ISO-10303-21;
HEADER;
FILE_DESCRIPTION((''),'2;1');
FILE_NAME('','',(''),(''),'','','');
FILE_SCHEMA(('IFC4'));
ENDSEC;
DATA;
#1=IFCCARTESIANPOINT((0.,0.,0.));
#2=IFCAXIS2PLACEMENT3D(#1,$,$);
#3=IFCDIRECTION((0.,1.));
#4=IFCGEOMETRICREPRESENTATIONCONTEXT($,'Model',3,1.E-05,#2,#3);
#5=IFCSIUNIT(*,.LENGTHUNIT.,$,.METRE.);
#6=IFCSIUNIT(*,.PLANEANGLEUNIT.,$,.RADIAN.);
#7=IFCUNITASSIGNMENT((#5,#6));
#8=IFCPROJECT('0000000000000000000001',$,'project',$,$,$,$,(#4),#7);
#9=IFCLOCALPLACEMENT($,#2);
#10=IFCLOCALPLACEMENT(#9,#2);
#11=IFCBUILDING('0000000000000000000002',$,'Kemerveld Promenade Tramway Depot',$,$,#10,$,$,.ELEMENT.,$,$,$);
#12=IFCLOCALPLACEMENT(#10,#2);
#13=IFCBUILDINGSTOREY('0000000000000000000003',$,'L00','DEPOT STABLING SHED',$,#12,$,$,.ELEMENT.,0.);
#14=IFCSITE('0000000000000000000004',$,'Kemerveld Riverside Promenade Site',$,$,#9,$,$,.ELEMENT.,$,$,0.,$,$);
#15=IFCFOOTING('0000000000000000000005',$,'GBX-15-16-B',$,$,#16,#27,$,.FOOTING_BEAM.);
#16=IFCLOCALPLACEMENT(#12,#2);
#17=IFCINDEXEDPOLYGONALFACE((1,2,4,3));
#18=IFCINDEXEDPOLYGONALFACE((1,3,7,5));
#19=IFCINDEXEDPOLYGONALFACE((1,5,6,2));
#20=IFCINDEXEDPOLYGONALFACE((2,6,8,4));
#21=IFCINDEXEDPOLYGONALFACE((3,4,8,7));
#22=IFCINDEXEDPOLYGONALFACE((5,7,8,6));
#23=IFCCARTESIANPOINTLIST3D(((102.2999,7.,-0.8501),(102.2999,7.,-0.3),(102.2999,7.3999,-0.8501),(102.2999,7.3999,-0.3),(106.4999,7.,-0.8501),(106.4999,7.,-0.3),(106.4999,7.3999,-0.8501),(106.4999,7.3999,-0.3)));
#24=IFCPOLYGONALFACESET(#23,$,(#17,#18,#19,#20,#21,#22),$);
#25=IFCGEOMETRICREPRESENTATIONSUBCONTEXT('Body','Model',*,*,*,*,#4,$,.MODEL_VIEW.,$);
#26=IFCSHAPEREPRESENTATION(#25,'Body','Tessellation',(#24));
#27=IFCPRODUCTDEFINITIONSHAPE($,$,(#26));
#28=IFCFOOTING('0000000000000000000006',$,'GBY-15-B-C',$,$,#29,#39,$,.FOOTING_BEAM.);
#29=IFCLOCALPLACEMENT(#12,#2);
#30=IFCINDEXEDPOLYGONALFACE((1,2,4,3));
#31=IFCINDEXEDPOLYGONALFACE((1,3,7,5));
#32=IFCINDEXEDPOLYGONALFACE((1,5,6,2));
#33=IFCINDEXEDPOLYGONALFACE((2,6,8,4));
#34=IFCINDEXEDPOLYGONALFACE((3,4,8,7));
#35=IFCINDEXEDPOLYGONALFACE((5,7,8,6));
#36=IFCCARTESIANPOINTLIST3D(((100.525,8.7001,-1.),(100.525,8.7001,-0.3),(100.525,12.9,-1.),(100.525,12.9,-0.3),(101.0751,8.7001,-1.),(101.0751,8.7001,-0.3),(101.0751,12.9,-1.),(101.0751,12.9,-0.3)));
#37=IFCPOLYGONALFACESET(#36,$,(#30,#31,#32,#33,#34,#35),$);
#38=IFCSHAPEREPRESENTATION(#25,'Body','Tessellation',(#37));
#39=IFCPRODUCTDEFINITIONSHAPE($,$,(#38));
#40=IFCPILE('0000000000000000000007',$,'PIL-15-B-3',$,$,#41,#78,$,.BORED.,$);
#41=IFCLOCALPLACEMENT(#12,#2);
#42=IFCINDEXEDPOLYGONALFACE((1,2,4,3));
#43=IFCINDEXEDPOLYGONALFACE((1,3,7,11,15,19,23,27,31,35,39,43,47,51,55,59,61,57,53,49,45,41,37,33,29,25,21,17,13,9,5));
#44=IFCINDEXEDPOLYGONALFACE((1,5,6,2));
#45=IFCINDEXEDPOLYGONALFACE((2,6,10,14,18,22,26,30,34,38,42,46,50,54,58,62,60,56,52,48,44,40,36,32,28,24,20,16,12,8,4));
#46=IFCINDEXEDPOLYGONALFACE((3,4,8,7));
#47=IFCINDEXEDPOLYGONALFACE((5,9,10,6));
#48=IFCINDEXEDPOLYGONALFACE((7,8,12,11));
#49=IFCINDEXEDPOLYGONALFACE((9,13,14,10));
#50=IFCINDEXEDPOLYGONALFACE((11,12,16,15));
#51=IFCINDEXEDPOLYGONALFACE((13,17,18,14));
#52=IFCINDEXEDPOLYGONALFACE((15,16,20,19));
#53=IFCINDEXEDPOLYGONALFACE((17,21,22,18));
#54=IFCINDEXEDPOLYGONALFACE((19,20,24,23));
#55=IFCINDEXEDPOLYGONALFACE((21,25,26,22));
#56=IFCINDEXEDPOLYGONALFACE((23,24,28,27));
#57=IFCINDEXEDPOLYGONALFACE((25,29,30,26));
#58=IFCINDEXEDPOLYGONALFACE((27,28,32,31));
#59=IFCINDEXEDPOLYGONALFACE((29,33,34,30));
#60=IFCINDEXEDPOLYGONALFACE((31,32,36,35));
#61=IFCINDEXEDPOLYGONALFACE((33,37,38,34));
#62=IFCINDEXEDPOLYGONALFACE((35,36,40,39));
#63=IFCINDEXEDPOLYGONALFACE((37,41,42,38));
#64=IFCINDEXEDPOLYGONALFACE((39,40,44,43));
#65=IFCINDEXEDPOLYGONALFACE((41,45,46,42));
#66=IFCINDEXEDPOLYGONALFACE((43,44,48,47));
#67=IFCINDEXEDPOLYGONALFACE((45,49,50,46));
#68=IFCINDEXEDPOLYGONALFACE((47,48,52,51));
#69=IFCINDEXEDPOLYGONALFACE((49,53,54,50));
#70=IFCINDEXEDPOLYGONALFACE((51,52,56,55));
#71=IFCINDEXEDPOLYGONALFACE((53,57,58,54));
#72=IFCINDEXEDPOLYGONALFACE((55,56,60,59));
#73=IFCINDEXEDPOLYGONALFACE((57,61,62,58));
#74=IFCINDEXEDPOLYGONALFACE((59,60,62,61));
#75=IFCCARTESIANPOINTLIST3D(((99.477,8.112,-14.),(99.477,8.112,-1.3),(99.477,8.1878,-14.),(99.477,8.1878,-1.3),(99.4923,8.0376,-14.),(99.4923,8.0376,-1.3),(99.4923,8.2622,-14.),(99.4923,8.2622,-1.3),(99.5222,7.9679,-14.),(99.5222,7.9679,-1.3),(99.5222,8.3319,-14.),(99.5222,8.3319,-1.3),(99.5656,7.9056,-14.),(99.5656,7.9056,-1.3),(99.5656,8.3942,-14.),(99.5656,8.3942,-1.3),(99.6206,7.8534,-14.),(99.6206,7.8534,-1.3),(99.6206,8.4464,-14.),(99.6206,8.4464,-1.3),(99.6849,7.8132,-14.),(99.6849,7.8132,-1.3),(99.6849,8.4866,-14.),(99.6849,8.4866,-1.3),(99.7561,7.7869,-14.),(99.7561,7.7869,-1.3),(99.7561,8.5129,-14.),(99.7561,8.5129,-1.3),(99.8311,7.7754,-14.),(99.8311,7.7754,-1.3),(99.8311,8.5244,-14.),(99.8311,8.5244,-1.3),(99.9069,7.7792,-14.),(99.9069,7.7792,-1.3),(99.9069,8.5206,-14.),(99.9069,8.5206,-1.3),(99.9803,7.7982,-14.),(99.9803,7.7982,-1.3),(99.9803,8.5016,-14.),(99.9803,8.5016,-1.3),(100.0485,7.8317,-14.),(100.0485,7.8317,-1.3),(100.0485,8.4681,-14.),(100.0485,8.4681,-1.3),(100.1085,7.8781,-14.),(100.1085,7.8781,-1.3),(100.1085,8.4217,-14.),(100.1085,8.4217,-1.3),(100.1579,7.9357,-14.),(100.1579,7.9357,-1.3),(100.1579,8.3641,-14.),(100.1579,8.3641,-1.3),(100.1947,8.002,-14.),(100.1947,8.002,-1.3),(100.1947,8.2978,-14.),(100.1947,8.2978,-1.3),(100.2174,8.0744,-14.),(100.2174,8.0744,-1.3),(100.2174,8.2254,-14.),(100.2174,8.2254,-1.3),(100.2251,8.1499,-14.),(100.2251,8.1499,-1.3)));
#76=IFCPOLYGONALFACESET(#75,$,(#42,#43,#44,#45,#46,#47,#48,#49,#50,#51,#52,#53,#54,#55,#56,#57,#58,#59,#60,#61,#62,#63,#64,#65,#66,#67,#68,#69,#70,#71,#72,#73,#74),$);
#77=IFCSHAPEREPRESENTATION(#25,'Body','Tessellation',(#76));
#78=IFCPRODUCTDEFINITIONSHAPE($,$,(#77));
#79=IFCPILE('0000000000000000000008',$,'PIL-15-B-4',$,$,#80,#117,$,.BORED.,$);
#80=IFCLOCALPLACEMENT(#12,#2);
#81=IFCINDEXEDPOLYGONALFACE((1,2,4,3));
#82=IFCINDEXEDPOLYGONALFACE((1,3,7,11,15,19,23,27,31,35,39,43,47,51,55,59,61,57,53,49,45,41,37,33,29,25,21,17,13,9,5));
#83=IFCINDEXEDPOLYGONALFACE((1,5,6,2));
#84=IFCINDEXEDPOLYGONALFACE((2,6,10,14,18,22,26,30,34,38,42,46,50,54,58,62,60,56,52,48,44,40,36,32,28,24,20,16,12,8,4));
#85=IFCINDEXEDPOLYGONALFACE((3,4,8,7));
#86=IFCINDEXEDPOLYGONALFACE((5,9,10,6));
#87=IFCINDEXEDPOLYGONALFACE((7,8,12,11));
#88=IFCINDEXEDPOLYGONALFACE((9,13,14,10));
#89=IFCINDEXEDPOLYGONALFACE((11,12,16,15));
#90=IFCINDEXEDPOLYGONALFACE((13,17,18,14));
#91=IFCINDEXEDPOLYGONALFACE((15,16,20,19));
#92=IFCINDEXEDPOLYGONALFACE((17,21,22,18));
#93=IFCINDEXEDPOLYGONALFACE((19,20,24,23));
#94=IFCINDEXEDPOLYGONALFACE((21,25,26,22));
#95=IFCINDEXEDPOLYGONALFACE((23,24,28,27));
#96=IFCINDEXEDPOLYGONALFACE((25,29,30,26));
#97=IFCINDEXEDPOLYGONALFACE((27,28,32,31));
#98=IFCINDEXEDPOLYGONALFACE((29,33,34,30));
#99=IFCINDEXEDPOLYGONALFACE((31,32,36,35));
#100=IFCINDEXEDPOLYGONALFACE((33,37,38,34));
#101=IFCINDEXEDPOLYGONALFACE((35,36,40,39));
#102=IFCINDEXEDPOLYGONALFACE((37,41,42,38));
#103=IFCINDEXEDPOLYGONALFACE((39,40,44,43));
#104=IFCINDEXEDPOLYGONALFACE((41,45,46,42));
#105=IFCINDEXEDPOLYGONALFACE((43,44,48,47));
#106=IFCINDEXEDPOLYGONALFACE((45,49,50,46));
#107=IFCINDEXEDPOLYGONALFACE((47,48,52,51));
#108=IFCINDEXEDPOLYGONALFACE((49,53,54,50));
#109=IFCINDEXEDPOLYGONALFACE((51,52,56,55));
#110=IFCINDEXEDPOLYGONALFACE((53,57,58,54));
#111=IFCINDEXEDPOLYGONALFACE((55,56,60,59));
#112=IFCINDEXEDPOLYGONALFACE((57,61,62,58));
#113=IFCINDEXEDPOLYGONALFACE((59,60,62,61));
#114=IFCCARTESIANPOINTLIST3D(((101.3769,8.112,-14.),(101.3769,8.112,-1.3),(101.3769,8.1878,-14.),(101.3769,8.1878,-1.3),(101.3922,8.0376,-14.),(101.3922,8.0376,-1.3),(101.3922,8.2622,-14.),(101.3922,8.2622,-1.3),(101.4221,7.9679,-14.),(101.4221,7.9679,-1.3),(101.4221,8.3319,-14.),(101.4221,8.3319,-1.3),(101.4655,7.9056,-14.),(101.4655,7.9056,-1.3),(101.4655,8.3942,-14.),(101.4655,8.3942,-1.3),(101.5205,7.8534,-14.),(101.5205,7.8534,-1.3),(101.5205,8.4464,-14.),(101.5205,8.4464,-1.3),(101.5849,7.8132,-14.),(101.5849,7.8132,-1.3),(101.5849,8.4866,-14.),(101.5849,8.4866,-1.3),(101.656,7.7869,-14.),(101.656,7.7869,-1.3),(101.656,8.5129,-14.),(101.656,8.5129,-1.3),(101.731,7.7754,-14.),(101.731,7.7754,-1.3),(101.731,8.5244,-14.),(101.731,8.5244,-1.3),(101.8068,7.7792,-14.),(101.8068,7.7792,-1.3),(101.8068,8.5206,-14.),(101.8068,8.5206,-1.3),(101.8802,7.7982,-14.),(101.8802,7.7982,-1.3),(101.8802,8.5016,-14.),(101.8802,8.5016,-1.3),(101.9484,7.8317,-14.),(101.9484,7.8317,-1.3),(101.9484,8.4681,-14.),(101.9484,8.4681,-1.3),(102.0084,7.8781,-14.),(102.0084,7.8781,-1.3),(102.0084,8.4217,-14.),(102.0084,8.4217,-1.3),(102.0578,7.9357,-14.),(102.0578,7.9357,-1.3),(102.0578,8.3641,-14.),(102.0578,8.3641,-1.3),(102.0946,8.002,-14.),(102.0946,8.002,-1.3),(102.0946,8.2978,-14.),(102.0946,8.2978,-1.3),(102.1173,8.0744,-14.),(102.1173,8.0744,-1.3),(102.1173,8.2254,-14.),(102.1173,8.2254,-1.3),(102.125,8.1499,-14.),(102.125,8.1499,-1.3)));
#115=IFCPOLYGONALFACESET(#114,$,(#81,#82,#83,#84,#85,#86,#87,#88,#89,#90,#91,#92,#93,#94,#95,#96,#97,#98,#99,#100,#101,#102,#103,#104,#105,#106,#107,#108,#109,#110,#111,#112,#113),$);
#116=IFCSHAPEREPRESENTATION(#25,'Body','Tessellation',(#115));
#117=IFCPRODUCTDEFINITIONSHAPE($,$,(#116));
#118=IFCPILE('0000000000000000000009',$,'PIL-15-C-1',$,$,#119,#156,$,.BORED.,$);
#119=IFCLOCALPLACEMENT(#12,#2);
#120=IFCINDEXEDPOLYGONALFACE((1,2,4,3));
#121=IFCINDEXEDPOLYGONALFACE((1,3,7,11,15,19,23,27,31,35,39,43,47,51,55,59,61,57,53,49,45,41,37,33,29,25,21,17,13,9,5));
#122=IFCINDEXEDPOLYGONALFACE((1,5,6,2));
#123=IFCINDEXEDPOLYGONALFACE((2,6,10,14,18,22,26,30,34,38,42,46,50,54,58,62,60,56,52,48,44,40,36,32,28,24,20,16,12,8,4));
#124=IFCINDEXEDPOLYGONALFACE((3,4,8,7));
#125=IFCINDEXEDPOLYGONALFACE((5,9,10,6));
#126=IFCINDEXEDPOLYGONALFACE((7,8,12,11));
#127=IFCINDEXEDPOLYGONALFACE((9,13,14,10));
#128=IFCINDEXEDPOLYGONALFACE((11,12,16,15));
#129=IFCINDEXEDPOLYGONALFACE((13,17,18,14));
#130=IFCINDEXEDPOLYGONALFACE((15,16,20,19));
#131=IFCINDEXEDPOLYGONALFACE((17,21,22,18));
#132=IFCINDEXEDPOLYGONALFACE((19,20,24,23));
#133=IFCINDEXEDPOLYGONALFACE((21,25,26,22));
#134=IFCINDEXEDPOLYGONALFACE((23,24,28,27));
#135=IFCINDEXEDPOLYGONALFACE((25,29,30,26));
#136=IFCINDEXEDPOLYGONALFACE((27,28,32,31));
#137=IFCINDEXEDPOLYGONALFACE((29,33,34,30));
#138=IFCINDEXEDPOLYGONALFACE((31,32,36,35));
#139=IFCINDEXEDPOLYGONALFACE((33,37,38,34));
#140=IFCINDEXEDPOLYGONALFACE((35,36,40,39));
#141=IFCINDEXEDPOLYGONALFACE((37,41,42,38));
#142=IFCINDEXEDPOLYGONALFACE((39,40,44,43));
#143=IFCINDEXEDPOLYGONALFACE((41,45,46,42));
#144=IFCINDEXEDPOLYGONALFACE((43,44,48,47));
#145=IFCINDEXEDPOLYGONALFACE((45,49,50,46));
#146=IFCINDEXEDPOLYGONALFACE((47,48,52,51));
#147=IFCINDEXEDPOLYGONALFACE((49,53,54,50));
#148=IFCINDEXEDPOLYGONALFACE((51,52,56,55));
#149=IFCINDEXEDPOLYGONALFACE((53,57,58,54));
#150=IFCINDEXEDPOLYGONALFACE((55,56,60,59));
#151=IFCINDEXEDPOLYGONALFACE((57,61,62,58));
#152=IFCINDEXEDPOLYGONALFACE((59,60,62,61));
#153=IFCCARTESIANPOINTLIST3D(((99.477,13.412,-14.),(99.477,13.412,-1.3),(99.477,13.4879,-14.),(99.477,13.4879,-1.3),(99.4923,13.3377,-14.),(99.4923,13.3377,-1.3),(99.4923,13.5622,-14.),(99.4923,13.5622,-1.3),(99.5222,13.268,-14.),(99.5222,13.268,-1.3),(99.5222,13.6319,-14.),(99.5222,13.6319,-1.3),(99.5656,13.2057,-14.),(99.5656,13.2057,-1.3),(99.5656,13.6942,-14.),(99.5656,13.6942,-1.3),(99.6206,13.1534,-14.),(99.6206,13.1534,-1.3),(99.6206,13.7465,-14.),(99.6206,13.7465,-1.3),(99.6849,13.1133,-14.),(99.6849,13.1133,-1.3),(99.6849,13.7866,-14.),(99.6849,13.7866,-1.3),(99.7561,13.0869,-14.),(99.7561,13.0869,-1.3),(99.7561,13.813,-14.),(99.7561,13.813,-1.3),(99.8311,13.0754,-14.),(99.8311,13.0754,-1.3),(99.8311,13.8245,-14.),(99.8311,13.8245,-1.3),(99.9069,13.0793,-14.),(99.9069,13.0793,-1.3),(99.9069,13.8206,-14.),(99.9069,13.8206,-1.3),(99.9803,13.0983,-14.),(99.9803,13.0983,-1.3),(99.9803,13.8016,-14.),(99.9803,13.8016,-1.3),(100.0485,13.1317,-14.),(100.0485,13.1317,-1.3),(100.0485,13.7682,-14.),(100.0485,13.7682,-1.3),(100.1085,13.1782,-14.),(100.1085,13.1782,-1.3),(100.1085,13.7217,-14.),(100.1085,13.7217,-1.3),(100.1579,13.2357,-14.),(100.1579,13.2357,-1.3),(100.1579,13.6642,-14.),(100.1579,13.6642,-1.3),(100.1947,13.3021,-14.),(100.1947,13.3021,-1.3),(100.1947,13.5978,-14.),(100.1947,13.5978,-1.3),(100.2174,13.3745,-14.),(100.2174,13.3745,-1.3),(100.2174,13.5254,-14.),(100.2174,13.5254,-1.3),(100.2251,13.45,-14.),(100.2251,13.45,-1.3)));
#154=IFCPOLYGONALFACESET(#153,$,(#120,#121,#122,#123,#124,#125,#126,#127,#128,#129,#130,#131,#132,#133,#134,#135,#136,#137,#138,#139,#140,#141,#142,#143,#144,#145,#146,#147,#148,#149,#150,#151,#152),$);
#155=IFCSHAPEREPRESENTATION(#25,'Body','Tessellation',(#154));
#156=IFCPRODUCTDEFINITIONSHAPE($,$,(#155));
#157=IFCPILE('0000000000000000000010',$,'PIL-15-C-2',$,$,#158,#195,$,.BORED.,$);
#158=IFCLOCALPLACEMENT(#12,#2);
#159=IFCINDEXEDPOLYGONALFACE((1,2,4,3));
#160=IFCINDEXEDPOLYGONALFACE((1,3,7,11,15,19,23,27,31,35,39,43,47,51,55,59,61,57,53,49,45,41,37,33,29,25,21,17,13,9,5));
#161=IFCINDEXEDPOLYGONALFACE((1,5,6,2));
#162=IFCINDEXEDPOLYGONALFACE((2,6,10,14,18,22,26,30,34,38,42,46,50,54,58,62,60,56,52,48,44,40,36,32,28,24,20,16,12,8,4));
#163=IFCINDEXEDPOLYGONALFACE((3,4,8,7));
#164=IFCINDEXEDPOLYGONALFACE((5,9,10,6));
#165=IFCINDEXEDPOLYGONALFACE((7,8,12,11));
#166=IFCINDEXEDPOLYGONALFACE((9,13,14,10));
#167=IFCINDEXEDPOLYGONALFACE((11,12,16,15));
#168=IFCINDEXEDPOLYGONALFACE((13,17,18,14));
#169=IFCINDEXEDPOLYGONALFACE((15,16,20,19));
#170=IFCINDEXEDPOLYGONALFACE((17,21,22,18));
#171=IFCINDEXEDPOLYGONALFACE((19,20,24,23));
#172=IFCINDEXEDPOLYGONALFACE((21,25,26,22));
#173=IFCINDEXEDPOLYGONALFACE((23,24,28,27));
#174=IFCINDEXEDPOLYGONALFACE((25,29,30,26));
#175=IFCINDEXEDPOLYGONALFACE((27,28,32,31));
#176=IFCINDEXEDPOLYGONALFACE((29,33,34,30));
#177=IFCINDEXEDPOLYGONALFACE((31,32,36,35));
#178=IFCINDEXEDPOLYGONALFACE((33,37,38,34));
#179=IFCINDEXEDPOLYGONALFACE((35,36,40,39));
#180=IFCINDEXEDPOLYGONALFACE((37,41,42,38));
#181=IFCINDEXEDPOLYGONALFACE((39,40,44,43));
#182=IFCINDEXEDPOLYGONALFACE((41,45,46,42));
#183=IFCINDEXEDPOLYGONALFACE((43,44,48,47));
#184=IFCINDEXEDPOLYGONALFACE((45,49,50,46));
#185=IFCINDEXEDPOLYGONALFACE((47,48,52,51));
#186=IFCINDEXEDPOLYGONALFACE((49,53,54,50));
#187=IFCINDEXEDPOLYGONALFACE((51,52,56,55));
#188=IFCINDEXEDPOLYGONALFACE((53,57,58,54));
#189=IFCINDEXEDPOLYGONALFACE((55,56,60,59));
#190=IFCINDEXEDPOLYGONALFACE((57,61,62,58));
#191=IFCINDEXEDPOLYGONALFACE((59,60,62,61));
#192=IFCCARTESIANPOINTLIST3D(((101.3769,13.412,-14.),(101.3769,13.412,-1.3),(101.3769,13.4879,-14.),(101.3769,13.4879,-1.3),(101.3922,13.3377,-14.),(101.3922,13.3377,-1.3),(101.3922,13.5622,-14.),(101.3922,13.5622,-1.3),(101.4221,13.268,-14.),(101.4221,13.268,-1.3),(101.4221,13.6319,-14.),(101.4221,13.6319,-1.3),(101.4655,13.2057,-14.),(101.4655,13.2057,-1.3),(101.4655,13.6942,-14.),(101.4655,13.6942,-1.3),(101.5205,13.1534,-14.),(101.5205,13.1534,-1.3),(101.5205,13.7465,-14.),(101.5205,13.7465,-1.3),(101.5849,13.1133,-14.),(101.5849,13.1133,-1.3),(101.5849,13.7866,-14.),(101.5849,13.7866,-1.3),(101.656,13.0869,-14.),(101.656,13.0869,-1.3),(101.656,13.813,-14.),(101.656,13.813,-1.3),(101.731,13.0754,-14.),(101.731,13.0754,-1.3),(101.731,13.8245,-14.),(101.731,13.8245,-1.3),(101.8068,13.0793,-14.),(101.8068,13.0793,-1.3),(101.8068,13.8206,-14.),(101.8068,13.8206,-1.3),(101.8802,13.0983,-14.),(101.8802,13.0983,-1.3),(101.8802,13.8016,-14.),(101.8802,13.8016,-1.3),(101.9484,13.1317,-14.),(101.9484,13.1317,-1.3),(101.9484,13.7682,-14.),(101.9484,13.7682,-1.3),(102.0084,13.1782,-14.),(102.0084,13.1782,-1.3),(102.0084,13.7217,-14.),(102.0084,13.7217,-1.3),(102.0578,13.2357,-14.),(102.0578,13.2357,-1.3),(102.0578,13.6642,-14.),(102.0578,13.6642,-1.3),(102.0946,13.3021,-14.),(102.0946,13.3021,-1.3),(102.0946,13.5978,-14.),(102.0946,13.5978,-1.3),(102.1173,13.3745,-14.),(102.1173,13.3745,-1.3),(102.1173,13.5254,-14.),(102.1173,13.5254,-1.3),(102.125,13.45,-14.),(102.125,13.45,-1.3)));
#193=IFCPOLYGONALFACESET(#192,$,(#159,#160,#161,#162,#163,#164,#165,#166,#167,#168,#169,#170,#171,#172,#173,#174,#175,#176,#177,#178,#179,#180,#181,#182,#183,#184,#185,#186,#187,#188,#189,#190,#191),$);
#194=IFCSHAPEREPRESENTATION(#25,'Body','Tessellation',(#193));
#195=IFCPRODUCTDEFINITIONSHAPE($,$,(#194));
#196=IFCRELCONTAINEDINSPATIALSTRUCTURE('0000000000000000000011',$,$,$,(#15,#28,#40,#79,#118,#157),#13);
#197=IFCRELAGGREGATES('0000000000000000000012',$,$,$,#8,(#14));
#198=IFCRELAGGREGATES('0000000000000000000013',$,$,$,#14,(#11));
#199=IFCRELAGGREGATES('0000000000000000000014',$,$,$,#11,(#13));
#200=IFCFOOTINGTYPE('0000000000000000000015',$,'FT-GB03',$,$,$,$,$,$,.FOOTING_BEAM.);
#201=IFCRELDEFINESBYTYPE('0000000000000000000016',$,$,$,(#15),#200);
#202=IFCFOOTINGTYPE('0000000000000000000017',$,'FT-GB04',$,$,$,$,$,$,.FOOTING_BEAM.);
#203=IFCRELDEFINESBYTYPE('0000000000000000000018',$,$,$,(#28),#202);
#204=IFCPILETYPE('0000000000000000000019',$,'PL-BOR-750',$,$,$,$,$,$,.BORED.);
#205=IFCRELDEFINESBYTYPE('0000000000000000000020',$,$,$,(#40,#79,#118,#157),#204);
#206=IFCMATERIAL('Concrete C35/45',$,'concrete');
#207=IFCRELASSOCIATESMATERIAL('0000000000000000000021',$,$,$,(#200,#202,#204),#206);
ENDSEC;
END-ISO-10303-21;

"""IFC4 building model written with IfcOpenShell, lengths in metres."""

from ifc_helpers import new_model, si_unit, direction, frame, origin, origin_2d, place, context, subcontext, project, spatial, rectangle, circle, extrude, material, material_profile, profile_set, type_object, element, save


model = new_model("IFC4")

# Units and contexts
model_context = context("Model", 3, precision=1e-05, world=origin(), true_north=direction((0.0, 1.0)))
body_context = subcontext(model_context, "Body", "Model", "MODEL_VIEW")
ifc_project = project(units=[si_unit("LENGTHUNIT", "METRE"), si_unit("PLANEANGLEUNIT", "RADIAN")], contexts=[model_context])

# Site, building, storey
site_placement = place(None, origin())
site = spatial("IfcSite", under=ifc_project, at=site_placement, Name="Kemerveld Riverside Promenade Site", CompositionType="ELEMENT", RefElevation=0.0)
building_placement = place(site_placement, origin())
building = spatial("IfcBuilding", under=site, at=building_placement, Name="Kemerveld Promenade Tramway Depot", CompositionType="ELEMENT")
storey_placement = place(building_placement, origin())
storey = spatial("IfcBuildingStorey", under=building, at=storey_placement, Name="L00", Description="DEPOT STABLING SHED", CompositionType="ELEMENT", Elevation=0.0)

# Footings
ifc_material_1 = material(Name="Concrete C35/45", Category="concrete")
footing_type_1 = type_object("IfcFootingType", Name="FT-GB03", PredefinedType="FOOTING_BEAM", material=ifc_material_1)
footing_1_placement = place(storey_placement, frame((104.3999, 7.2, -0.8501), z_axis=(0.0, 0.0, 1.0), x_axis=(1.0, 0.0, 0.0)))
element("IfcFooting", 1, at=footing_1_placement, inside=storey, type_object=footing_type_1, Name="GBX-15-16-B", PredefinedType="FOOTING_BEAM", context=body_context, shape_type="SweptSolid", body=[
    extrude(rectangle(XDim=4.2, YDim=0.3999, at=origin_2d()), origin(), (0.0, 0.0, 1.0), 0.55),
])
footing_type_2 = type_object("IfcFootingType", Name="FT-GB04", PredefinedType="FOOTING_BEAM", material=ifc_material_1)
footing_2_placement = place(storey_placement, frame((100.8, 10.8, -1.0), z_axis=(0.0, 0.0, 1.0), x_axis=(0.0, 1.0, 0.0)))
element("IfcFooting", 2, at=footing_2_placement, inside=storey, type_object=footing_type_2, Name="GBY-15-B-C", PredefinedType="FOOTING_BEAM", context=body_context, shape_type="SweptSolid", body=[
    extrude(rectangle(XDim=4.2, YDim=0.55, at=origin_2d()), origin(), (0.0, 0.0, 1.0), 0.7),
])

# Piles
ifc_material_profile_1 = material_profile(ifc_material_1, circle(Radius=0.375, at=origin_2d()), Name="PILE-D750")
ifc_profile_set_1 = profile_set([ifc_material_profile_1], Name="Concrete C35/45")
pile_type = type_object("IfcPileType", Name="PL-BOR-750", PredefinedType="BORED", material=ifc_profile_set_1)
for number, where, z_axis, x_axis, name in (
    (3, (99.8501, 8.1499, -1.3), (0.0, 0.0, -1.0), (1.0, 0.0, 0.0), "PIL-15-B-3"),
    (4, (101.75, 8.1499, -1.3), (0.0, 0.0, -1.0), (1.0, 0.0, 0.0), "PIL-15-B-4"),
    (5, (99.8501, 13.45, -1.3), (0.0, 0.0, -1.0), (1.0, 0.0, 0.0), "PIL-15-C-1"),
    (6, (101.75, 13.45, -1.3), (0.0, 0.0, -1.0), (1.0, 0.0, 0.0), "PIL-15-C-2"),
):
    element("IfcPile", number, at=place(storey_placement, frame(where, z_axis=z_axis, x_axis=x_axis)), inside=storey, type_object=pile_type, Name=name, PredefinedType="BORED", context=body_context, shape_type="SweptSolid", body=[
        extrude(circle(Radius=0.375, at=origin_2d()), origin(), (0.0, 0.0, 1.0), 12.7),
    ])

save(model, "model.ifc")
